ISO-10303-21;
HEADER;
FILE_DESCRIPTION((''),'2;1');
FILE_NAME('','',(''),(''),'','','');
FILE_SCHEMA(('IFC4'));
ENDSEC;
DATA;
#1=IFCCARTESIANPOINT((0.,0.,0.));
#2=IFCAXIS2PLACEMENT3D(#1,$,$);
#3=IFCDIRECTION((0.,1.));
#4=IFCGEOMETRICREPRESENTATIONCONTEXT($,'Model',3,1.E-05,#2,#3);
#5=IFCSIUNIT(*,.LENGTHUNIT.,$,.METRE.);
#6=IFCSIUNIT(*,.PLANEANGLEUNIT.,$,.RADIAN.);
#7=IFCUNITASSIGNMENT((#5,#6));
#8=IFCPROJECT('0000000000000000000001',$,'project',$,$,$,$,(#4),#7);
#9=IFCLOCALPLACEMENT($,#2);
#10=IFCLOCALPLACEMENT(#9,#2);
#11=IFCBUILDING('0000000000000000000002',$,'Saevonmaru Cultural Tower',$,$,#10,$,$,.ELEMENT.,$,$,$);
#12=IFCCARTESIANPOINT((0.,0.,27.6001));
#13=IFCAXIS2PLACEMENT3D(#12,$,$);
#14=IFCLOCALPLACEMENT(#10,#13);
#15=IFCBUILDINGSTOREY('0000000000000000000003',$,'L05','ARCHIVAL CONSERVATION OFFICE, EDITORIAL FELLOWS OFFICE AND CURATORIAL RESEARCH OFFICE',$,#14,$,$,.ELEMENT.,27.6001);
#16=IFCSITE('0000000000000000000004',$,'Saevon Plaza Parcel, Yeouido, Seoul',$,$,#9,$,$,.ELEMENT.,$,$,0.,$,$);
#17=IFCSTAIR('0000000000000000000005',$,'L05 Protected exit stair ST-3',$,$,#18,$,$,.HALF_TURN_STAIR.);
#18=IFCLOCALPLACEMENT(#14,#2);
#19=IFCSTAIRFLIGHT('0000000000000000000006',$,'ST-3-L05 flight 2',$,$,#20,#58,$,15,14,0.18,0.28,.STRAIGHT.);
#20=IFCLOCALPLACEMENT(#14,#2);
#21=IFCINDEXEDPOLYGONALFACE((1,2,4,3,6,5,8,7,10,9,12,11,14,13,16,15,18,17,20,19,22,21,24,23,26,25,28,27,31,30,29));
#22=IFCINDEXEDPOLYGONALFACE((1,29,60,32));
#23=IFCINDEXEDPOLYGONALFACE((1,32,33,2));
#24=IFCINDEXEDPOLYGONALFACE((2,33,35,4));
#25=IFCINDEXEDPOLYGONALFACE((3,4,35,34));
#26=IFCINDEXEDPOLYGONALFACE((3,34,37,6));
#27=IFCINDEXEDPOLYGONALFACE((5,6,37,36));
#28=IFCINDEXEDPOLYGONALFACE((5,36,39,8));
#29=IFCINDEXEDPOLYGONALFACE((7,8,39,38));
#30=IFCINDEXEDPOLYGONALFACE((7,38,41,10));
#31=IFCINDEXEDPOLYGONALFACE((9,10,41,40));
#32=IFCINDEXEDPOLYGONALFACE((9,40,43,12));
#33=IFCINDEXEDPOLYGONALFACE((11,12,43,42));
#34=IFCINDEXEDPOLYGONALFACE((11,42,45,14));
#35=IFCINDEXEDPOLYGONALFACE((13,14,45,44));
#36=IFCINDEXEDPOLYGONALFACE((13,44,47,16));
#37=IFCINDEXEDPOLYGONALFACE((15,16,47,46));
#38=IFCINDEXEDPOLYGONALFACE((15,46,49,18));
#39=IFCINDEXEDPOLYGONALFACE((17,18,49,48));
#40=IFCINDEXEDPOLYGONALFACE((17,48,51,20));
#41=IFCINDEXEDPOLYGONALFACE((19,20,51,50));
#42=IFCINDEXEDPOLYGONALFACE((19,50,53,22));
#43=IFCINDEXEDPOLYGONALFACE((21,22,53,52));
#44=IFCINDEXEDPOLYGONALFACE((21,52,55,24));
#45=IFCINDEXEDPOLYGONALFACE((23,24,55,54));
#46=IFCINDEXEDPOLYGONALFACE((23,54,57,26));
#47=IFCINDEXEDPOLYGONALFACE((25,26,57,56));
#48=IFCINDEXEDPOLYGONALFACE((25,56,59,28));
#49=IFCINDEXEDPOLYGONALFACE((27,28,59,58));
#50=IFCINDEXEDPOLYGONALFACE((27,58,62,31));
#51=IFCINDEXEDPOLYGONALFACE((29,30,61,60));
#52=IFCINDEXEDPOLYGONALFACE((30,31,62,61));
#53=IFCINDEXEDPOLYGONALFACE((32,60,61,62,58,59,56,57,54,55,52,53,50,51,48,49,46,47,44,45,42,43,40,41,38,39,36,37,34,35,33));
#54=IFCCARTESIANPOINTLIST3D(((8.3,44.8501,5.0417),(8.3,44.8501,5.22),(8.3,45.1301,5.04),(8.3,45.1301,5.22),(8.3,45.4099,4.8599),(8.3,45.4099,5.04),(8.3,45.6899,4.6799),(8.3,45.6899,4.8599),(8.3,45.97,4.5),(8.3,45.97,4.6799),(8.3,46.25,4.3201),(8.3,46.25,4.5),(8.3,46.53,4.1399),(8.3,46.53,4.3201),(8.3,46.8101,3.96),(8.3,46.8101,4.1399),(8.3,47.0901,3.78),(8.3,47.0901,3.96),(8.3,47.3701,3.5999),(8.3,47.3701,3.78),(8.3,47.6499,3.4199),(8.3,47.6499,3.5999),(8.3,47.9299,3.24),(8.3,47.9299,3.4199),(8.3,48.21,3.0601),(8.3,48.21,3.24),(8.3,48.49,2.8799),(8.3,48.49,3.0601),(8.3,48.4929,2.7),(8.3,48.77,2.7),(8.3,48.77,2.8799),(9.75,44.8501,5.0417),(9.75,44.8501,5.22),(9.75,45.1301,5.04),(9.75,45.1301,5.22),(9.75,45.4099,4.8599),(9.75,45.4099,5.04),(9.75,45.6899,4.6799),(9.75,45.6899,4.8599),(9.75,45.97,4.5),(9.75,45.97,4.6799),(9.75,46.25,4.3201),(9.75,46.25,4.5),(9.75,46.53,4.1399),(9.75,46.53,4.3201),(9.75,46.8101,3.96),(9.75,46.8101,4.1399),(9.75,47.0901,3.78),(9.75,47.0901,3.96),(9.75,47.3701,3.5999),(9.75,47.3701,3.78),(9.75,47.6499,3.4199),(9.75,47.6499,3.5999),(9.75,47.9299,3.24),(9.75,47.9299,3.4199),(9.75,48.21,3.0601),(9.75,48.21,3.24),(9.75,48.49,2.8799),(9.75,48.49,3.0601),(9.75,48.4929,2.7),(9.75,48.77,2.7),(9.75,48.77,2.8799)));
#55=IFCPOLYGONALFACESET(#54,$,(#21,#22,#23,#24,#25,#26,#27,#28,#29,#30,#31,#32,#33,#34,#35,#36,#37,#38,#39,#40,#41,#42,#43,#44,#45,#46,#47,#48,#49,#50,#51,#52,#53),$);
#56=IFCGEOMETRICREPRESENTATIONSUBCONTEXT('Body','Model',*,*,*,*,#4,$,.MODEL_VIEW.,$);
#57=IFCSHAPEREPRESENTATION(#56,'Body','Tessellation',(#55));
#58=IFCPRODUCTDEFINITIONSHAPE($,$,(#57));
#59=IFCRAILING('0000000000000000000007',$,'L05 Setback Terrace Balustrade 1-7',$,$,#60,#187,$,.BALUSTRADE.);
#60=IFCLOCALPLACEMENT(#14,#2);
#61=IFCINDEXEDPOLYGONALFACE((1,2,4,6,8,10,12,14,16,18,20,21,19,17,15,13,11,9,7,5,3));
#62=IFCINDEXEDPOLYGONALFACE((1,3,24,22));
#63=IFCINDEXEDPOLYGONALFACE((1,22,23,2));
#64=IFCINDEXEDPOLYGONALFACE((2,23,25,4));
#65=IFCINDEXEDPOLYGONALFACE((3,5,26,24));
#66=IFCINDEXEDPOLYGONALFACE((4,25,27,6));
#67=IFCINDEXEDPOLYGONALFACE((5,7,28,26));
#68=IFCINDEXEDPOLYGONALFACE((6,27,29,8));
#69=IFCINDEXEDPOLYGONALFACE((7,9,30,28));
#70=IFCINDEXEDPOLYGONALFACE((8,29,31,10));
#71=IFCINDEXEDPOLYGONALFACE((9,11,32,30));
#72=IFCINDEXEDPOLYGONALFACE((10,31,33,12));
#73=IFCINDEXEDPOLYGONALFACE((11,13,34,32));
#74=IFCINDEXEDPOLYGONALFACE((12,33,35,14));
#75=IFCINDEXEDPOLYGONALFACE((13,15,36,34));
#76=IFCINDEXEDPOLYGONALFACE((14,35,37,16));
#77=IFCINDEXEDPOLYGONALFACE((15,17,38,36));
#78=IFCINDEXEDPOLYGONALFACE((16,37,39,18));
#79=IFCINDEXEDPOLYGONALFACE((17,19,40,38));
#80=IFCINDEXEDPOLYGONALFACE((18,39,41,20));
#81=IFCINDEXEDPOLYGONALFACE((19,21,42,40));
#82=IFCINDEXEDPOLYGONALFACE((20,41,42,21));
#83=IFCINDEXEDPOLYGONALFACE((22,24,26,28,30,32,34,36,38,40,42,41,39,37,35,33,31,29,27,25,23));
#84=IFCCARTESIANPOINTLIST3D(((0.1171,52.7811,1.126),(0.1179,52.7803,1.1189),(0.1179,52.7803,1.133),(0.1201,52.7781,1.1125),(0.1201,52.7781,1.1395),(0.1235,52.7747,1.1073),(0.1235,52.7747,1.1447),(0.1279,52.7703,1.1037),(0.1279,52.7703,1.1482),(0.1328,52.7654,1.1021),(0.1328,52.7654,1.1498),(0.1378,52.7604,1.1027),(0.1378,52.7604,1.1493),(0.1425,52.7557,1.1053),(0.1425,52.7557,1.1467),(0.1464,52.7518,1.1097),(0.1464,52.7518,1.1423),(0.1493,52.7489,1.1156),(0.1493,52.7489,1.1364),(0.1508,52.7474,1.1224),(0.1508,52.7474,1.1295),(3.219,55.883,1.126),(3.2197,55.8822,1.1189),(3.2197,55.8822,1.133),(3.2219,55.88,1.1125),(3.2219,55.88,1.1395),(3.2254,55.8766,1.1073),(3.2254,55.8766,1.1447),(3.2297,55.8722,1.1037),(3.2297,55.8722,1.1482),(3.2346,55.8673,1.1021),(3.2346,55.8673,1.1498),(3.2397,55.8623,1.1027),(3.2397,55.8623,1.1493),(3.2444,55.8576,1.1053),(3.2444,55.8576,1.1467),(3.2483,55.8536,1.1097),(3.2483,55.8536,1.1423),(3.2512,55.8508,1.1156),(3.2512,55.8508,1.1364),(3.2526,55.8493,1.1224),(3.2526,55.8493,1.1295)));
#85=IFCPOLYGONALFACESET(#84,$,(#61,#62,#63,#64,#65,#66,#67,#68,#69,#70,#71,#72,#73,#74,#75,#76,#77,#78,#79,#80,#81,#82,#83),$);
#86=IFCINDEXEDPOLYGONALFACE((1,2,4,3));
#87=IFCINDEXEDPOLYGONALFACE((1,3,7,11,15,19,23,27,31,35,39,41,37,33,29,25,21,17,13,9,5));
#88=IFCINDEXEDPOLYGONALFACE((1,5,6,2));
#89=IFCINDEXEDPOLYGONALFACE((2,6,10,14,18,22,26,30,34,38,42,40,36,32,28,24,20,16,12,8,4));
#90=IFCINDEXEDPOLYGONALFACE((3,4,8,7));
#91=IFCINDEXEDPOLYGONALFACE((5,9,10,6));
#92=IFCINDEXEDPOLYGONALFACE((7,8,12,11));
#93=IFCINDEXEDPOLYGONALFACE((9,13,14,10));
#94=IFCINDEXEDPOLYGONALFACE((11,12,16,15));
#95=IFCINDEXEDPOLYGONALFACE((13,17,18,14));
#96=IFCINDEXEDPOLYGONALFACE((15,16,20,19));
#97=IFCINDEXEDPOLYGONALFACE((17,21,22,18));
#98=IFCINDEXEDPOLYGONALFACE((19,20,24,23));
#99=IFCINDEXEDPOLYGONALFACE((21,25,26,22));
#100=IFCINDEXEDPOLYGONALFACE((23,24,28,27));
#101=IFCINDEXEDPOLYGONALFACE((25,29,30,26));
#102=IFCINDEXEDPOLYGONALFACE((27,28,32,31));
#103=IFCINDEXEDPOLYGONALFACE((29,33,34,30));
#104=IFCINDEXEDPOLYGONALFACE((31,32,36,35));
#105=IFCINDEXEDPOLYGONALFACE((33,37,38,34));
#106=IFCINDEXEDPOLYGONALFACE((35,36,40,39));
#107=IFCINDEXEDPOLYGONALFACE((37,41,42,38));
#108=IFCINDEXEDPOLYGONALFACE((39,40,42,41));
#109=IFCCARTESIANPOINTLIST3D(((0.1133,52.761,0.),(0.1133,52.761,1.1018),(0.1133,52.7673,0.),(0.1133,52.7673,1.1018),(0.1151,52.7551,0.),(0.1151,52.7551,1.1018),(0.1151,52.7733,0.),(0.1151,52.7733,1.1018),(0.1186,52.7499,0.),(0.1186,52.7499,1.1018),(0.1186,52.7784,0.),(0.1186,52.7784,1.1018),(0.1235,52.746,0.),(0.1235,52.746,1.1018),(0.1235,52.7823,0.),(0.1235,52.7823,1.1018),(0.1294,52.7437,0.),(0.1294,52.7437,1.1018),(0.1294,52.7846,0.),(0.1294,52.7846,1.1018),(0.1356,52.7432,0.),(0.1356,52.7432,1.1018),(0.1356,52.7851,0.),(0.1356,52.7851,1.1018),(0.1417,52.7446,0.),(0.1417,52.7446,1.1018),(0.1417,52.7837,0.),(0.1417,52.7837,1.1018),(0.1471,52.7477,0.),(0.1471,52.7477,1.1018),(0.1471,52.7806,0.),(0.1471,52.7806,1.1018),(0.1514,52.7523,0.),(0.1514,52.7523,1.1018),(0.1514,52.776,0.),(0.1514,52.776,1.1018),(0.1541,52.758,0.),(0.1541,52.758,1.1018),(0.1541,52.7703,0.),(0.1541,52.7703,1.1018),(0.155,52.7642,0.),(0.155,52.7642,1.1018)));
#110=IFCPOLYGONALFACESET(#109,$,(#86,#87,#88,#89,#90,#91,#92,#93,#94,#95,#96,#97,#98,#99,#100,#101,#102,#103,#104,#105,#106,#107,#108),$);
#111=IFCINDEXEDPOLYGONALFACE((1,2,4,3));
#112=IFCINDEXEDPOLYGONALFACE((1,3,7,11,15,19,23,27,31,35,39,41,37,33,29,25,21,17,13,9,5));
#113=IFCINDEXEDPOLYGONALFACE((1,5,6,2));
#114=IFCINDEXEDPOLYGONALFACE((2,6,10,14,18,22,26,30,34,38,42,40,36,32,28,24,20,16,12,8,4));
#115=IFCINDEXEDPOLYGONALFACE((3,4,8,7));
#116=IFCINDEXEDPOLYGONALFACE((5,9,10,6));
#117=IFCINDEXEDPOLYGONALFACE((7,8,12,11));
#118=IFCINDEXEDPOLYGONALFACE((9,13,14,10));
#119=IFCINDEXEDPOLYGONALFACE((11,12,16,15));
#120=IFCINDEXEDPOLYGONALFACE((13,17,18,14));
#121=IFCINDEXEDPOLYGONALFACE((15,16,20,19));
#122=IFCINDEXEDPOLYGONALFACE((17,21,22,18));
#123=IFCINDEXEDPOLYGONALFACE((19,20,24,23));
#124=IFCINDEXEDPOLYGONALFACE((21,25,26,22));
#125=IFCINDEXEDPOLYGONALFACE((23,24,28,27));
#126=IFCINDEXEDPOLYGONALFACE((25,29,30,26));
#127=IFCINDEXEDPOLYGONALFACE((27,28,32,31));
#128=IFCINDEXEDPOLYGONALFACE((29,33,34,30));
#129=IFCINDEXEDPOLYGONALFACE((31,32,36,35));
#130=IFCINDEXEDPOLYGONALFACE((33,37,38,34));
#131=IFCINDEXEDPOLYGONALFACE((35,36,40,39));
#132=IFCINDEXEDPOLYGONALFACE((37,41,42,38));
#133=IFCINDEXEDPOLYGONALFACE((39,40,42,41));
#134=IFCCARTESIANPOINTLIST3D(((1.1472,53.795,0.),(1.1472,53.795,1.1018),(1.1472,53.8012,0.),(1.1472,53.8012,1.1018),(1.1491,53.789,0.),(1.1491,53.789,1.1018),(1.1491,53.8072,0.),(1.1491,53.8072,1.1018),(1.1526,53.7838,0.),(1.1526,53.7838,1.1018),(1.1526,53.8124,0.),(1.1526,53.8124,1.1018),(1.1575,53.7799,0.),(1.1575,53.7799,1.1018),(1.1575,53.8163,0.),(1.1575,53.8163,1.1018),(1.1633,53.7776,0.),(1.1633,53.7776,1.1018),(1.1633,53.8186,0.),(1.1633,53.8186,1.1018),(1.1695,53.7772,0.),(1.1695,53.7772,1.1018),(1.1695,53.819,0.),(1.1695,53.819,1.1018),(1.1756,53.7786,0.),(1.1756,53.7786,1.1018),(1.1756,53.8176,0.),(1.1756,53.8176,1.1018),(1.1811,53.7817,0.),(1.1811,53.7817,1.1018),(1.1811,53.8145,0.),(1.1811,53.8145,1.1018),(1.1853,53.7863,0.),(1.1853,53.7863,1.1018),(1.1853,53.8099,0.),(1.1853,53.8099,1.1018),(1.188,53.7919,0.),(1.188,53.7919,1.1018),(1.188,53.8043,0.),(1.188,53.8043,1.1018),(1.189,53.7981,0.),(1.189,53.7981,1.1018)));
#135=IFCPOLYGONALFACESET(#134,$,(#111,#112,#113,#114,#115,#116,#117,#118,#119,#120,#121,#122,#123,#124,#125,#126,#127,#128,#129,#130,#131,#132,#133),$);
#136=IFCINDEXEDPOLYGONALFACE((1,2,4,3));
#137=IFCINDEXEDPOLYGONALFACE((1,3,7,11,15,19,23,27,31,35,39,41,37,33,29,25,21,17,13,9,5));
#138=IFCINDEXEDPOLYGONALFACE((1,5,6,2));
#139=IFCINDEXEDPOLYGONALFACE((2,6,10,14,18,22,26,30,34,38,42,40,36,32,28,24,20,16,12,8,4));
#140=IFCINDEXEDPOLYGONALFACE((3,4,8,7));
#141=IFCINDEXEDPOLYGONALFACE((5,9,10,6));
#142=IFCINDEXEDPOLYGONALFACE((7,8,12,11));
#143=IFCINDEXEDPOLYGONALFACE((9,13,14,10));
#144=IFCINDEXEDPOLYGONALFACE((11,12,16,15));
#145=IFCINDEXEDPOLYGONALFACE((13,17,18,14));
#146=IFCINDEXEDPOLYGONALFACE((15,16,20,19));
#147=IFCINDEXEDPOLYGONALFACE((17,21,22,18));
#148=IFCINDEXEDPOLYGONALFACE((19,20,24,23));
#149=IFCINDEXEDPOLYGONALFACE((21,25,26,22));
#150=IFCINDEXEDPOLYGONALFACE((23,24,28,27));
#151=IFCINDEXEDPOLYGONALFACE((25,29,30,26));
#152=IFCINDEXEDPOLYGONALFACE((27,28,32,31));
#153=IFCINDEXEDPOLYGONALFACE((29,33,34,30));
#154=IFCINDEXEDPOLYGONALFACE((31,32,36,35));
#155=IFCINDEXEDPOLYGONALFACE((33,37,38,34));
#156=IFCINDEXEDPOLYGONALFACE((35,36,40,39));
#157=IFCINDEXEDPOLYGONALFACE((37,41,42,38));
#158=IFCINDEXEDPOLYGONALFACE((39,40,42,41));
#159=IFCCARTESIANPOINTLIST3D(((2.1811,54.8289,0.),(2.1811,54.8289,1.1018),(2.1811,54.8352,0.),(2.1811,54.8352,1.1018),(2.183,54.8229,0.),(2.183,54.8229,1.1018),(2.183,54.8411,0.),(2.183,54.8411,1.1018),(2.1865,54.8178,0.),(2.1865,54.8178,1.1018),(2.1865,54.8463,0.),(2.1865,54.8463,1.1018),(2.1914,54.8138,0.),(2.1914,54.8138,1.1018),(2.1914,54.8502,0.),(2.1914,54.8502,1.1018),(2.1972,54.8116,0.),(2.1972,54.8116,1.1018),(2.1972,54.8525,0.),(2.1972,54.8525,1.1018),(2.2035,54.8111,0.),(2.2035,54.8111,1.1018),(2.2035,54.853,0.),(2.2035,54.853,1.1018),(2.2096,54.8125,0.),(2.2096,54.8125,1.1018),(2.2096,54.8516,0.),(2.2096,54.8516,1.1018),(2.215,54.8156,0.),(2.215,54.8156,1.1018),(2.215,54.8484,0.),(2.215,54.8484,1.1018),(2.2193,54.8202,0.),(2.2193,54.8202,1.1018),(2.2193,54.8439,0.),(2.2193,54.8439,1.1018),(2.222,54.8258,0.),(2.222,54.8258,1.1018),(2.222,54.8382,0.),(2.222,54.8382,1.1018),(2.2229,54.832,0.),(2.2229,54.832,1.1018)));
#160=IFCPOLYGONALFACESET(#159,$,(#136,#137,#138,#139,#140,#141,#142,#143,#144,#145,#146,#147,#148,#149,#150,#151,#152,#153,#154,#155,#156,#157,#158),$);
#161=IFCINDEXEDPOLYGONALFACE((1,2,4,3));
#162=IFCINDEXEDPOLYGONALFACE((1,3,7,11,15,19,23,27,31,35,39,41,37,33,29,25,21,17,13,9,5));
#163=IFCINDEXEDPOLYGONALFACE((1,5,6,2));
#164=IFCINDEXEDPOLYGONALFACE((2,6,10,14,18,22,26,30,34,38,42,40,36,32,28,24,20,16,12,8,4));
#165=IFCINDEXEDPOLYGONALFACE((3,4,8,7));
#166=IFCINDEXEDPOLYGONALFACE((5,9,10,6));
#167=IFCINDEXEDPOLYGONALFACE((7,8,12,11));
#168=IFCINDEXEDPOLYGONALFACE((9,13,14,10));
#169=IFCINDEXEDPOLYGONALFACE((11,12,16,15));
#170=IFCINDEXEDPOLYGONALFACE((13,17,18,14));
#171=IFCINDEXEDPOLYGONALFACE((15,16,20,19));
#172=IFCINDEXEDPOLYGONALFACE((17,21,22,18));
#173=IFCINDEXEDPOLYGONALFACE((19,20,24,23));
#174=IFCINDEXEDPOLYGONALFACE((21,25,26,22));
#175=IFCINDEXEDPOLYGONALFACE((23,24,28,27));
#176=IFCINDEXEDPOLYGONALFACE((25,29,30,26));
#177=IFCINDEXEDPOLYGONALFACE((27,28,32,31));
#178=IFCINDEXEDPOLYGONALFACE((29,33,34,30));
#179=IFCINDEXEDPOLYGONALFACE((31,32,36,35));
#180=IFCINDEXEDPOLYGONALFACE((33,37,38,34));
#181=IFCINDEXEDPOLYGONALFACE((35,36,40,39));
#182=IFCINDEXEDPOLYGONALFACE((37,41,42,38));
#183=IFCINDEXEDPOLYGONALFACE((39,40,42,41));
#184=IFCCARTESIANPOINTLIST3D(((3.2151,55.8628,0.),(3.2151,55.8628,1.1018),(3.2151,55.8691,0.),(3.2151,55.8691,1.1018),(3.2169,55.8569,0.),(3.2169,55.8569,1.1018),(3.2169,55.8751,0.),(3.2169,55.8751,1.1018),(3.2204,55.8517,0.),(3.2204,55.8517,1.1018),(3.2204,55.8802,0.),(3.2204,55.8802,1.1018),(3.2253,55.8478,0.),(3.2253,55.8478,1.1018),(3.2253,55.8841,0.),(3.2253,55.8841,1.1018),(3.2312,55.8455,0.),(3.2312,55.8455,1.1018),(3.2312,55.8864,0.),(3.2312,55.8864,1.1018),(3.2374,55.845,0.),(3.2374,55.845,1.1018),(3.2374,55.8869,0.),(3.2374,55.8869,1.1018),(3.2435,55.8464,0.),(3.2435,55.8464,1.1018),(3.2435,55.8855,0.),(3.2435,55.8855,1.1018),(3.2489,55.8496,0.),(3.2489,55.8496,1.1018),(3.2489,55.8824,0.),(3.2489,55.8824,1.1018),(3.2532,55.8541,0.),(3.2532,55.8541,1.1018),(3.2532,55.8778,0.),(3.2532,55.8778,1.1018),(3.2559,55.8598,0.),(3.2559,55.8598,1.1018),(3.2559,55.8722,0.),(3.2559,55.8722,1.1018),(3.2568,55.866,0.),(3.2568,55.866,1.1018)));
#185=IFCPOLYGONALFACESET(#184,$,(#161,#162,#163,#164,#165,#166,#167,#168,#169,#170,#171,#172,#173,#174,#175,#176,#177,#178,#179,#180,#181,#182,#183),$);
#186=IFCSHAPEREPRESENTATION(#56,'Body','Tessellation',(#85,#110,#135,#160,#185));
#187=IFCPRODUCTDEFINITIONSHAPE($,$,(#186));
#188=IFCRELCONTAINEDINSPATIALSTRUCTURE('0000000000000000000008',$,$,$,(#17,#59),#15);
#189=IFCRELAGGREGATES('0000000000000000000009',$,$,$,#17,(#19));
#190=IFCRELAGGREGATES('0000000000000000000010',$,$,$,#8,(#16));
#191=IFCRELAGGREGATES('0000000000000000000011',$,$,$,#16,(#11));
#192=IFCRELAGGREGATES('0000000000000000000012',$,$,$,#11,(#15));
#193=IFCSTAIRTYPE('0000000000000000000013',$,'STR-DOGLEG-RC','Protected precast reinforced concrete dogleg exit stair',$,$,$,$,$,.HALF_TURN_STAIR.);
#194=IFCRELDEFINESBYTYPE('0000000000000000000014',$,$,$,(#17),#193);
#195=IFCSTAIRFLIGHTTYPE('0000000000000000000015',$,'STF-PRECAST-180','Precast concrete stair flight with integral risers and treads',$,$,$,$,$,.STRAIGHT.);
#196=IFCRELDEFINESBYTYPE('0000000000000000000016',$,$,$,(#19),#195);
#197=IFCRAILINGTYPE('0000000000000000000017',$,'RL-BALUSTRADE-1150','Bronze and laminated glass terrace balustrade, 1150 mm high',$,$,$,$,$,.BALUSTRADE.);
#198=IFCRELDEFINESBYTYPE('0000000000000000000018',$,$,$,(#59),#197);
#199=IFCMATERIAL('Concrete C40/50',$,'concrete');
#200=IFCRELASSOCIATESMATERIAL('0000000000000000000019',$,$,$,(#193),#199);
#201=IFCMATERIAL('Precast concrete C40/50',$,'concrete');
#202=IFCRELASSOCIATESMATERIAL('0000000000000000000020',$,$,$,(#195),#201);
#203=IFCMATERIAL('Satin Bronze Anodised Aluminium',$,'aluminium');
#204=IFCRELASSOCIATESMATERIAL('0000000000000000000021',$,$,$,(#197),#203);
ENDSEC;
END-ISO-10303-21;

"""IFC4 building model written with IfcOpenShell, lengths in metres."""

from ifc_helpers import new_model, si_unit, direction, frame, origin, origin_2d, place, context, subcontext, project, spatial, polyline, circle, outline, extrude, material, type_object, element, aggregate, save


model = new_model("IFC4")

# Units and contexts
model_context = context("Model", 3, precision=1e-05, world=origin(), true_north=direction((0.0, 1.0)))
body_context = subcontext(model_context, "Body", "Model", "MODEL_VIEW")
ifc_project = project(units=[si_unit("LENGTHUNIT", "METRE"), si_unit("PLANEANGLEUNIT", "RADIAN")], contexts=[model_context])

# Site, building, storey
site_placement = place(None, origin())
site = spatial("IfcSite", under=ifc_project, at=site_placement, Name="Saevon Plaza Parcel, Yeouido, Seoul", CompositionType="ELEMENT", RefElevation=0.0)
building_placement = place(site_placement, origin())
building = spatial("IfcBuilding", under=site, at=building_placement, Name="Saevonmaru Cultural Tower", CompositionType="ELEMENT")
storey_placement = place(building_placement, frame((0.0, 0.0, 27.6001)))
storey = spatial("IfcBuildingStorey", under=building, at=storey_placement, Name="L05", Description="ARCHIVAL CONSERVATION OFFICE, EDITORIAL FELLOWS OFFICE AND CURATORIAL RESEARCH OFFICE", CompositionType="ELEMENT", Elevation=27.6001)

# Shared definitions
ifc_material_1 = material(Name="Satin Bronze Anodised Aluminium", Category="aluminium")

# Shared definitions
ifc_material_2 = material(Name="Concrete C40/50", Category="concrete")

# Stair, stair flight
stair_type = type_object("IfcStairType", Name="STR-DOGLEG-RC", Description="Protected precast reinforced concrete dogleg exit stair", PredefinedType="HALF_TURN_STAIR", material=ifc_material_2)
stair_placement = place(storey_placement, origin())
stair = element("IfcStair", 1, at=stair_placement, inside=storey, type_object=stair_type, Name="L05 Protected exit stair ST-3", PredefinedType="HALF_TURN_STAIR")
ifc_material_3 = material(Name="Precast concrete C40/50", Category="concrete")
stair_flight_type = type_object("IfcStairFlightType", Name="STF-PRECAST-180", Description="Precast concrete stair flight with integral risers and treads", PredefinedType="STRAIGHT", material=ifc_material_3)
stair_flight_placement = place(storey_placement, frame((9.0249, 48.77, 2.7), z_axis=(0.0, 0.0, 1.0), x_axis=(0.0, -1.0, 0.0)))
stair_flight = element("IfcStairFlight", 2, at=stair_flight_placement, type_object=stair_flight_type, Name="ST-3-L05 flight 2", NumberOfRisers=15, NumberOfTreads=14, PredefinedType="STRAIGHT", RiserHeight=0.18, TreadLength=0.28, context=body_context, shape_type="SweptSolid", body=[
    extrude(outline(polyline([(0.0, 0.0), (0.0, 0.1799), (0.28, 0.1799), (0.28, 0.3601), (0.5601, 0.3601), (0.5601, 0.54), (0.8401, 0.54), (0.8401, 0.72), (1.1201, 0.72), (1.1201, 0.8999), (1.3999, 0.8999), (1.3999, 1.0801), (1.6799, 1.0801), (1.6799, 1.26), (1.96, 1.26), (1.96, 1.4399), (2.24, 1.4399), (2.24, 1.6201), (2.52, 1.6201), (2.52, 1.8), (2.8, 1.8), (2.8, 1.98), (3.0801, 1.98), (3.0801, 2.1599), (3.3601, 2.1599), (3.3601, 2.3401), (3.6399, 2.3401), (3.6399, 2.52), (3.9199, 2.52), (3.9199, 2.7), (3.9199, 2.3418), (0.2771, 0.0), (0.0, 0.0)])), frame((0.0, 0.7251, 0.0), z_axis=(0.0, -1.0, 0.0), x_axis=(1.0, 0.0, 0.0)), (0.0, 0.0, 1.0), 1.45),
])
aggregate(stair, [stair_flight])

# Railing
railing_type_1 = type_object("IfcRailingType", Name="RL-BALUSTRADE-1150", Description="Bronze and laminated glass terrace balustrade, 1150 mm high", PredefinedType="BALUSTRADE", material=ifc_material_1)
railing_1_placement = place(storey_placement, frame((0.134, 52.7642, 0.0)))
element("IfcRailing", 3, at=railing_1_placement, inside=storey, type_object=railing_type_1, Name="L05 Setback Terrace Balustrade 1-7", PredefinedType="BALUSTRADE", context=body_context, shape_type="SweptSolid", body=[
    extrude(circle(Radius=0.0239, at=origin_2d()), frame((0.0, 0.0, 1.126), z_axis=(0.707107, 0.707107, 0.0), x_axis=(-0.707107, 0.707107, 0.0)), (0.0, 0.0, 1.0), 4.3867),
    extrude(circle(Radius=0.021, at=origin_2d()), origin(), (0.0, 0.0, 1.0), 1.1018),
    extrude(circle(Radius=0.021, at=origin_2d()), frame((1.0339, 1.0339, 0.0)), (0.0, 0.0, 1.0), 1.1018),
    extrude(circle(Radius=0.021, at=origin_2d()), frame((2.0679, 2.0679, 0.0)), (0.0, 0.0, 1.0), 1.1018),
    extrude(circle(Radius=0.021, at=origin_2d()), frame((3.1018, 3.1018, 0.0)), (0.0, 0.0, 1.0), 1.1018),
])

save(model, "model.ifc")
